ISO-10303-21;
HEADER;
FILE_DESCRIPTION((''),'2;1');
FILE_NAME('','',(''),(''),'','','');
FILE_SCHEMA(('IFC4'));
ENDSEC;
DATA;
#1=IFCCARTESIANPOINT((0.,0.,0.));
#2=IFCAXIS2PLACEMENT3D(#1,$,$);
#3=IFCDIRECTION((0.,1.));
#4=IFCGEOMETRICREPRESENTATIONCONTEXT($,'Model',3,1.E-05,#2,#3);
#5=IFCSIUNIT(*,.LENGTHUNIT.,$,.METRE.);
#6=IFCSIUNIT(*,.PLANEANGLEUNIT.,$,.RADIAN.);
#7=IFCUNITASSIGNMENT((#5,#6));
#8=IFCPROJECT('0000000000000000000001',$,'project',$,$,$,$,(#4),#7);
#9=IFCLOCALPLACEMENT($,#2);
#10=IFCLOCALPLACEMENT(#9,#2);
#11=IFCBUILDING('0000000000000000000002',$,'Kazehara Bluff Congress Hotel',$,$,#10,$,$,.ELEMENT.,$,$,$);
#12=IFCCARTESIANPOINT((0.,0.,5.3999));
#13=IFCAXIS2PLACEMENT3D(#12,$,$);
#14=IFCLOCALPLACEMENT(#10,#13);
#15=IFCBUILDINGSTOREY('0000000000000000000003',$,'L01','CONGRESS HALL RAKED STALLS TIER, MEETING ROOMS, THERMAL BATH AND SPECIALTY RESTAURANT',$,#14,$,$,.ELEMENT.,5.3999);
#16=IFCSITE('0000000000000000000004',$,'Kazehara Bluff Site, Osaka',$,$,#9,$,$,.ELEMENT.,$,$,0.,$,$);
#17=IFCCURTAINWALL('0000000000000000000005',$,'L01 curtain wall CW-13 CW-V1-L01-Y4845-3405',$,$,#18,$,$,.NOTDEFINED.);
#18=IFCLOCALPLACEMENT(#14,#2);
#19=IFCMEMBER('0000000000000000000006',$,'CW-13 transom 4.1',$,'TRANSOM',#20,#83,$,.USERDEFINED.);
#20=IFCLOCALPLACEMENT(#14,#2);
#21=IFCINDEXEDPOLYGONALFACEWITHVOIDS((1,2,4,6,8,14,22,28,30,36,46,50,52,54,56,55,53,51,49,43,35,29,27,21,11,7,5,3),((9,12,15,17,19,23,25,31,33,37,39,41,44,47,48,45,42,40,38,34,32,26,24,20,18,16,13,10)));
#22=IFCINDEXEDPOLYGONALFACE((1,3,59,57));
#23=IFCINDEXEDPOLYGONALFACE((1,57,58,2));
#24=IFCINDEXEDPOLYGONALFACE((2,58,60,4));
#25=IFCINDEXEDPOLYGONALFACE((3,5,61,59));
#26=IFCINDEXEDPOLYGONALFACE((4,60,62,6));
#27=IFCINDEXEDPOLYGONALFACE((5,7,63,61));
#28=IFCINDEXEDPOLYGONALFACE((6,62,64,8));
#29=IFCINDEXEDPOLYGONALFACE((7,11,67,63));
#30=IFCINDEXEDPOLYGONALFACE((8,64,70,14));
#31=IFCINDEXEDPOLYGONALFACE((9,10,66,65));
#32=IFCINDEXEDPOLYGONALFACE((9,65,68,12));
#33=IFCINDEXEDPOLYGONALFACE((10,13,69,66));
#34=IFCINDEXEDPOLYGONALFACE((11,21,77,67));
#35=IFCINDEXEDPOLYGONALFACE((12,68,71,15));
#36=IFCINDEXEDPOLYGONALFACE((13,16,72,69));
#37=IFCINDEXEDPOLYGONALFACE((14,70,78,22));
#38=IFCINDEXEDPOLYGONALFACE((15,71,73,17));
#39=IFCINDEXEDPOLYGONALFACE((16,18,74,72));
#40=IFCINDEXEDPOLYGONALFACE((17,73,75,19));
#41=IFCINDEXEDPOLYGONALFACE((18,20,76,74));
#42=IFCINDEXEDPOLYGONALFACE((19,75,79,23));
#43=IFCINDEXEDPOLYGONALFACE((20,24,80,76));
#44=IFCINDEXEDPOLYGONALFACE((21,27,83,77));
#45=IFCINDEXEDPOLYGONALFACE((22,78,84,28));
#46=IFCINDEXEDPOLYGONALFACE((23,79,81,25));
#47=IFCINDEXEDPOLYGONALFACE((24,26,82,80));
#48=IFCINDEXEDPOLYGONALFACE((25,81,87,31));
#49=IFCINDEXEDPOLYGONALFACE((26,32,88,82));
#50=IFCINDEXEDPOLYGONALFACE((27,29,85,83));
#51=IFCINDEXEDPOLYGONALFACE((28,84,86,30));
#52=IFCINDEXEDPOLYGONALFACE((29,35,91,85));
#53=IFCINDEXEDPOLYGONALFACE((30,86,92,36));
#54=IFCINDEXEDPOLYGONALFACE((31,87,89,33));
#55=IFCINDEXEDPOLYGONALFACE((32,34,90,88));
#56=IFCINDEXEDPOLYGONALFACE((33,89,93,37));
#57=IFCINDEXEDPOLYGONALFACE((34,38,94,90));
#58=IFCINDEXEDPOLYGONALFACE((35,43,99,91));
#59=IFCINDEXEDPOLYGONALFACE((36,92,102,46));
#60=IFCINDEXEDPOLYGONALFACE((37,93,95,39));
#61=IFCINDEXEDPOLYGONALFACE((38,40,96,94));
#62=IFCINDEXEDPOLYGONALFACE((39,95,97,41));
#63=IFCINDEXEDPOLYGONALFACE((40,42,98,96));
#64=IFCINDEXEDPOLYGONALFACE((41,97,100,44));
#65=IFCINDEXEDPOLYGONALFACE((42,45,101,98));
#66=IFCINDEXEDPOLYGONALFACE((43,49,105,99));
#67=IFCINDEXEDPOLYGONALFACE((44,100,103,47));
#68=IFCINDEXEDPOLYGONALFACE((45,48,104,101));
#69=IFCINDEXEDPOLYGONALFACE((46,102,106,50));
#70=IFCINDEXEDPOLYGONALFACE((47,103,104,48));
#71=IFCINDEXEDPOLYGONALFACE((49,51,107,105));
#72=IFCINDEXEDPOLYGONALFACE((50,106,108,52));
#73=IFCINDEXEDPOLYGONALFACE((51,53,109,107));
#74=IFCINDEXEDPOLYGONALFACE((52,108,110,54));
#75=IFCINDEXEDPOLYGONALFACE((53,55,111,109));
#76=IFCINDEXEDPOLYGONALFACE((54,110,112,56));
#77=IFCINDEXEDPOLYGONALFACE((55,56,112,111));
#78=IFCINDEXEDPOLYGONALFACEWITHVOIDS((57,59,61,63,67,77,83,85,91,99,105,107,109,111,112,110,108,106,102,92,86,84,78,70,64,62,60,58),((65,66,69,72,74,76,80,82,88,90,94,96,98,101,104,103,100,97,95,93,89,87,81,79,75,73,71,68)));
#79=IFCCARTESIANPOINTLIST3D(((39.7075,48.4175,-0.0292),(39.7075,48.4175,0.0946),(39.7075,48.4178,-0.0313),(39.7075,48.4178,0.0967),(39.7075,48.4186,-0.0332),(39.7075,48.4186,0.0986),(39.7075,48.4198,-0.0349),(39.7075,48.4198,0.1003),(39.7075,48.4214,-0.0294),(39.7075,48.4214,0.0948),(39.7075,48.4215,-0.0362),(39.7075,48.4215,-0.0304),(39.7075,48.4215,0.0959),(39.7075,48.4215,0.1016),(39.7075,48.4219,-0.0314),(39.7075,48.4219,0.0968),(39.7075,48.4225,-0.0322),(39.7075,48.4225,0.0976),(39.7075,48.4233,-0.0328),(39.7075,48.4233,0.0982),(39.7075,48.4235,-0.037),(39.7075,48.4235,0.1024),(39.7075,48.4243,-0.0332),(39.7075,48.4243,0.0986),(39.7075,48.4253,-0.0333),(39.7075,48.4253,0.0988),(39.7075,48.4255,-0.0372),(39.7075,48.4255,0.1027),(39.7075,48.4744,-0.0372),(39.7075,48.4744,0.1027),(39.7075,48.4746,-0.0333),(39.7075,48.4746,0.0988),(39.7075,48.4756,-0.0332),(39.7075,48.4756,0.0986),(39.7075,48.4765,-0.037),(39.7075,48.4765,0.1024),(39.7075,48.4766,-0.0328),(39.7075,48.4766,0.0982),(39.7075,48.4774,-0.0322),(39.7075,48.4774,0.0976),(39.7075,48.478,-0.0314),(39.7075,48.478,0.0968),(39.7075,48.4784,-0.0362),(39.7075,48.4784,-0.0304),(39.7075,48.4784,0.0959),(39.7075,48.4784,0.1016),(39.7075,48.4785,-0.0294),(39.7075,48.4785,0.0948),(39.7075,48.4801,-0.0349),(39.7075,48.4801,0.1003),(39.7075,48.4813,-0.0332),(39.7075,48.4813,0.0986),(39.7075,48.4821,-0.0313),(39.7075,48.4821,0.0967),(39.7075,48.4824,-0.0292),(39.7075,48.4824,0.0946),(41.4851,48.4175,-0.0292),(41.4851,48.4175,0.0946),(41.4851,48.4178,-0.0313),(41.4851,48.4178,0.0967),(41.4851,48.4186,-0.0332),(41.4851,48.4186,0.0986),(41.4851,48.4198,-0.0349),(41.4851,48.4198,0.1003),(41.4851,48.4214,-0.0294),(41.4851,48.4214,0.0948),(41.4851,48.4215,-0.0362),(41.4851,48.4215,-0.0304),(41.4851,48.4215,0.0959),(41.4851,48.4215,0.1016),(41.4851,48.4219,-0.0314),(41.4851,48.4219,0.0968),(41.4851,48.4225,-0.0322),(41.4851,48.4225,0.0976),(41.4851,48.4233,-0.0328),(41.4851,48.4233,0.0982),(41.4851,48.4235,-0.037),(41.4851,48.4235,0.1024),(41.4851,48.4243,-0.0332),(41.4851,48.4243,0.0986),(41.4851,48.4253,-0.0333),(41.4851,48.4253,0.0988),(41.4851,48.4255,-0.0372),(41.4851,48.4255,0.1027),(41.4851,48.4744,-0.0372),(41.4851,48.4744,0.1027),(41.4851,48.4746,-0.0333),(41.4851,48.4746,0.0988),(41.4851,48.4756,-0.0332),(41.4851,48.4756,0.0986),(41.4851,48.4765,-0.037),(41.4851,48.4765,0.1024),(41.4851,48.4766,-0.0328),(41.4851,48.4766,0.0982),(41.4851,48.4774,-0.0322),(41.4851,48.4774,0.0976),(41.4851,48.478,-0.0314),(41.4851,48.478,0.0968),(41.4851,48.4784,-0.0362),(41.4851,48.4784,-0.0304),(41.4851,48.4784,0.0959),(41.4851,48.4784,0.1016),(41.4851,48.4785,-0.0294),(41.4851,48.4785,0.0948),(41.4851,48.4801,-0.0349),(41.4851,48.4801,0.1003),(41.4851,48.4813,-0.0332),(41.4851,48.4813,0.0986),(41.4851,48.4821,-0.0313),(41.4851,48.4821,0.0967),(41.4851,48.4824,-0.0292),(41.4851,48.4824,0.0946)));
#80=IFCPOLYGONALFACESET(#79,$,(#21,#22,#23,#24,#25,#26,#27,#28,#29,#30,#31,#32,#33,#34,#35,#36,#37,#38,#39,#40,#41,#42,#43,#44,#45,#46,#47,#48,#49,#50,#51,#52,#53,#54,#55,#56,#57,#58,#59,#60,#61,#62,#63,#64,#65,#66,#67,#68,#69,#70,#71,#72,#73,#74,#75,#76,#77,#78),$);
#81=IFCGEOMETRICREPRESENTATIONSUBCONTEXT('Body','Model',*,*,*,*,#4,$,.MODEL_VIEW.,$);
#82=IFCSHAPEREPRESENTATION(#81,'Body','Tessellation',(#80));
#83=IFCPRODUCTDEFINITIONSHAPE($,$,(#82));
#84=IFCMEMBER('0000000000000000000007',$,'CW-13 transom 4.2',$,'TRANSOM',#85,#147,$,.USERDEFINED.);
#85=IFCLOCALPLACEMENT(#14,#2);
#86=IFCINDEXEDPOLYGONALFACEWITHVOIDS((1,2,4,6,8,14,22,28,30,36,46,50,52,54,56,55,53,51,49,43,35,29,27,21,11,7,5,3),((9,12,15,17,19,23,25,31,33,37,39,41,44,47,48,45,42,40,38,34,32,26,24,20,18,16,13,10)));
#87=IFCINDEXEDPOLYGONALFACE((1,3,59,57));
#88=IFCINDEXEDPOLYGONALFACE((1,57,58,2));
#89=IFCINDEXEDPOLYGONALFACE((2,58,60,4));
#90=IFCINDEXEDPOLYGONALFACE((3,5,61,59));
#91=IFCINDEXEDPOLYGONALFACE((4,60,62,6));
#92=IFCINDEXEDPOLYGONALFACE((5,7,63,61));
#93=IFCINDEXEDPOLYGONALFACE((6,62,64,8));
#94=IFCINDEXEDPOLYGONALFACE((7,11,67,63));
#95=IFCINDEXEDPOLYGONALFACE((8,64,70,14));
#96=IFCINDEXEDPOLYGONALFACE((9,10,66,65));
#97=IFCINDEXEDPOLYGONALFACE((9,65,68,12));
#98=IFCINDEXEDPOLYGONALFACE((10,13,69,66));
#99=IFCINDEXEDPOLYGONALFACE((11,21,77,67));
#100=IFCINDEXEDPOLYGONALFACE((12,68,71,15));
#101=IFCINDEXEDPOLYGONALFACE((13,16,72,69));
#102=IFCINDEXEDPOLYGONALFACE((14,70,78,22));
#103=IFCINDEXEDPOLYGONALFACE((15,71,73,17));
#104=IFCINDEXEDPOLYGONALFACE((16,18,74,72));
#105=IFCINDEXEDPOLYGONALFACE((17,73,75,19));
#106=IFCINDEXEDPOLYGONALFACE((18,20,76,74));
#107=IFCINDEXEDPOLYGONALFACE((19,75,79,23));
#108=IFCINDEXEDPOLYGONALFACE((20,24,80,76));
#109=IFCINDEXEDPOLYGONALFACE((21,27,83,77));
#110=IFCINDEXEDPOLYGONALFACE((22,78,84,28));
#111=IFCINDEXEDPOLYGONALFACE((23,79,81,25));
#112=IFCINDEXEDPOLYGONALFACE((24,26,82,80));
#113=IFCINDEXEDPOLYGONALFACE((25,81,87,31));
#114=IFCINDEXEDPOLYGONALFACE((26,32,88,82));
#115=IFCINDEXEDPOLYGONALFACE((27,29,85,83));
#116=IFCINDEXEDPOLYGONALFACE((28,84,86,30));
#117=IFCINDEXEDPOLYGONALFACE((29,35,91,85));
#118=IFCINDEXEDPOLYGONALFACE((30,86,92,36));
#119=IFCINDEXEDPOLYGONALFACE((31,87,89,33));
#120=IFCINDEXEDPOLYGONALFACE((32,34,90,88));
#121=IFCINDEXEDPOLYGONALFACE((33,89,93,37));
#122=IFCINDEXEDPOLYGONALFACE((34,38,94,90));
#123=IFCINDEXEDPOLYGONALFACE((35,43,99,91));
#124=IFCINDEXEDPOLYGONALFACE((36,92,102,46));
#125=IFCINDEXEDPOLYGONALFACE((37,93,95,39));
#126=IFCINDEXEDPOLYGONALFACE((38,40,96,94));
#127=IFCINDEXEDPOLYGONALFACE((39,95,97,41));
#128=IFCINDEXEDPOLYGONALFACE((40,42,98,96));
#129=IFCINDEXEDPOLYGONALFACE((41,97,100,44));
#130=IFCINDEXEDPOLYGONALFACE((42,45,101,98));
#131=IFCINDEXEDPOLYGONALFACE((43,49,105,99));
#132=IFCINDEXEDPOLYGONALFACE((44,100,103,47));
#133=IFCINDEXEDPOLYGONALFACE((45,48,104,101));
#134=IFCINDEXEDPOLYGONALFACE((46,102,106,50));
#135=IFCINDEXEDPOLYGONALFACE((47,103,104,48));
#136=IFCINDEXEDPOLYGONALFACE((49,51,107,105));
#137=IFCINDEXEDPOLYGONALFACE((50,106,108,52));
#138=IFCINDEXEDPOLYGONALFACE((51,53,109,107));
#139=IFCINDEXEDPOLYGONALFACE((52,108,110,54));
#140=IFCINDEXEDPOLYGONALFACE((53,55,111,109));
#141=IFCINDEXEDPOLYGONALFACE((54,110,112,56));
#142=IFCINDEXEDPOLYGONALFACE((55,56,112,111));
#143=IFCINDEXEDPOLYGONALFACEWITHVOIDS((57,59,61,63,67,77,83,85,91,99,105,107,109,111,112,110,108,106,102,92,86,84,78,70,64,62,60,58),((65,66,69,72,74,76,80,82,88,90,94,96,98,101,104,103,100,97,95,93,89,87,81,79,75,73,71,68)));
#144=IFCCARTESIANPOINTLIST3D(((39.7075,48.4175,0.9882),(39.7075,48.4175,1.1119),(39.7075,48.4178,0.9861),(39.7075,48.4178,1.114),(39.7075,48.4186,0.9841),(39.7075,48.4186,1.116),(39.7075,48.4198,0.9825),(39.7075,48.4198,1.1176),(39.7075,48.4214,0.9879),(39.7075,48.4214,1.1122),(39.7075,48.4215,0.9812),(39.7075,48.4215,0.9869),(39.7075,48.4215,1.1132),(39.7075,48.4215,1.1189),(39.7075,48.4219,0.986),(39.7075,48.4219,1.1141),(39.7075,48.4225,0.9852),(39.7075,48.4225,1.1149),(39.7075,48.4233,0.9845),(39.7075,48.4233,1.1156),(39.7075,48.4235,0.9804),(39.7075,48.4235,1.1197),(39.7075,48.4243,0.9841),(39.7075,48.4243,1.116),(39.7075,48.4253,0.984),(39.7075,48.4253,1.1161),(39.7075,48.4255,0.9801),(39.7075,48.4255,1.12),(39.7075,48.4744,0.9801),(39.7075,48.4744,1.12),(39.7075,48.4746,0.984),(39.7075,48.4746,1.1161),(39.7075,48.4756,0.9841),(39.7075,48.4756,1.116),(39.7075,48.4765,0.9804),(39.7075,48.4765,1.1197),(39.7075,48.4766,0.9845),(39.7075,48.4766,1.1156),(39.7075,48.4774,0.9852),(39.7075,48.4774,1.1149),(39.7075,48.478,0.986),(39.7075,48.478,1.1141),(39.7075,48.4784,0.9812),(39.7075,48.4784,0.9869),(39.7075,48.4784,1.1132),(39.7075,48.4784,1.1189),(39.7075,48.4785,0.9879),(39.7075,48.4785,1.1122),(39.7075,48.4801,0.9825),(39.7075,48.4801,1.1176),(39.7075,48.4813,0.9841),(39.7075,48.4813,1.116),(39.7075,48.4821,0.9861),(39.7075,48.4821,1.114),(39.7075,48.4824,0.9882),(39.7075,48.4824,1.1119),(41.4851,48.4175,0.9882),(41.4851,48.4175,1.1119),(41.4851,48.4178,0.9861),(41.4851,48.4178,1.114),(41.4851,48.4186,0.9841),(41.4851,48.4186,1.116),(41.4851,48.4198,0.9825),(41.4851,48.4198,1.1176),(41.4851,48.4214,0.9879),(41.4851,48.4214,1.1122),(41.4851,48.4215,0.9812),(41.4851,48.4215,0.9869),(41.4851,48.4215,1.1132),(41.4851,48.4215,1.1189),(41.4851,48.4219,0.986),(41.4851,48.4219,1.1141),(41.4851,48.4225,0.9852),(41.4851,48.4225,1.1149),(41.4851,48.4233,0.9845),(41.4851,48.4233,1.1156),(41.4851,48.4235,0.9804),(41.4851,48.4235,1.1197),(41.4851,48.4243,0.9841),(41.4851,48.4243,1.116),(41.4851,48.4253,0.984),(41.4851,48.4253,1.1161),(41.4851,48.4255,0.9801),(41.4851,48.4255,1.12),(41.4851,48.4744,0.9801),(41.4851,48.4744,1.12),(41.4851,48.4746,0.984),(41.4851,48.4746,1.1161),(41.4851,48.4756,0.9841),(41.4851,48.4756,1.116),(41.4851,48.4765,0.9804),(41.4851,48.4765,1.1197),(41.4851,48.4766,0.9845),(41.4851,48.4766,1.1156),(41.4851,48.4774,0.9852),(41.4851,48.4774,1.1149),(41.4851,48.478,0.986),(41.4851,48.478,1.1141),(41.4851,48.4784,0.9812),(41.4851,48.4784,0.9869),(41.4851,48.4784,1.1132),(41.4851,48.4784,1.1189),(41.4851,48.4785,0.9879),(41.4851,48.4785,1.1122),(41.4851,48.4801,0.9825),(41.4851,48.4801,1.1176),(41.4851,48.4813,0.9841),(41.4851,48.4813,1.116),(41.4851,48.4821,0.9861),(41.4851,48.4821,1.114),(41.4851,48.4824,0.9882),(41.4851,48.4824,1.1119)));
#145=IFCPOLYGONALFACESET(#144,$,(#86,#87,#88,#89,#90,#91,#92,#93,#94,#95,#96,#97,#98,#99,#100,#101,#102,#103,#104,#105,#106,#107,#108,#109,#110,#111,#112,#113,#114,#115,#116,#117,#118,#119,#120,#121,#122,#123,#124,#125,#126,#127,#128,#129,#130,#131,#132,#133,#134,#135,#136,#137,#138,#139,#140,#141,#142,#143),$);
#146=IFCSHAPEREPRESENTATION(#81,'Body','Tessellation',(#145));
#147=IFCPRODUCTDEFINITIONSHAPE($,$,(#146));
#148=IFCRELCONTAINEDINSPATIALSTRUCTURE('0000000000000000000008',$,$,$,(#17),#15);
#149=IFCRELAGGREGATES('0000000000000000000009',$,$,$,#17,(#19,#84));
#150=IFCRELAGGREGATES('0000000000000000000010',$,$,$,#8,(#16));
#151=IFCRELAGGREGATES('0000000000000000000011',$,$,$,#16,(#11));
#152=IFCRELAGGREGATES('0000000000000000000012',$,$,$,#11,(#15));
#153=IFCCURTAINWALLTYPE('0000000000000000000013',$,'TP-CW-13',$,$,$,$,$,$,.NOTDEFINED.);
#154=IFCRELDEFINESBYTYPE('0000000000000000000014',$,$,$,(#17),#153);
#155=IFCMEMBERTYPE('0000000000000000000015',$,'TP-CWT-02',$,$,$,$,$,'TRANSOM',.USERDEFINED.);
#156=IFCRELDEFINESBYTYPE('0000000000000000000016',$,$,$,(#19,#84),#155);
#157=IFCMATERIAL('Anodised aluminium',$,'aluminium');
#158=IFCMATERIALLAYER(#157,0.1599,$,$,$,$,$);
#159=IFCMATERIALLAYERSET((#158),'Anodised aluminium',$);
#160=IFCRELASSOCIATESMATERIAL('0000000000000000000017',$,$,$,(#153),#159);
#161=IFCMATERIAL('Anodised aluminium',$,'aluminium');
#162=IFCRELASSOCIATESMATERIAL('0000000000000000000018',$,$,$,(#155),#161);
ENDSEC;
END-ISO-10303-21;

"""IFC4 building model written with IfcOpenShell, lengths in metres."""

from ifc_helpers import new_model, si_unit, direction, frame, origin, origin_2d, place, context, subcontext, project, spatial, hollow_rectangle, extrude, material, layer, layer_set, material_profile, profile_set, type_object, element, aggregate, save


model = new_model("IFC4")

# Units and contexts
model_context = context("Model", 3, precision=1e-05, world=origin(), true_north=direction((0.0, 1.0)))
body_context = subcontext(model_context, "Body", "Model", "MODEL_VIEW")
ifc_project = project(units=[si_unit("LENGTHUNIT", "METRE"), si_unit("PLANEANGLEUNIT", "RADIAN")], contexts=[model_context])

# Site, building, storey
site_placement = place(None, origin())
site = spatial("IfcSite", under=ifc_project, at=site_placement, Name="Kazehara Bluff Site, Osaka", CompositionType="ELEMENT", RefElevation=0.0)
building_placement = place(site_placement, origin())
building = spatial("IfcBuilding", under=site, at=building_placement, Name="Kazehara Bluff Congress Hotel", CompositionType="ELEMENT")
storey_placement = place(building_placement, frame((0.0, 0.0, 5.3999)))
storey = spatial("IfcBuildingStorey", under=building, at=storey_placement, Name="L01", Description="CONGRESS HALL RAKED STALLS TIER, MEETING ROOMS, THERMAL BATH AND SPECIALTY RESTAURANT", CompositionType="ELEMENT", Elevation=5.3999)

# Curtain wall
ifc_material_1 = material(Name="Anodised aluminium", Category="aluminium")
ifc_layer_1 = layer(ifc_material_1, 0.1599)
ifc_layer_set_1 = layer_set([ifc_layer_1], Name="Anodised aluminium")
curtain_wall_type = type_object("IfcCurtainWallType", Name="TP-CW-13", PredefinedType="NOTDEFINED", material=ifc_layer_set_1)
curtain_wall_1_placement = place(storey_placement, origin())
curtain_wall_1 = element("IfcCurtainWall", 1, at=curtain_wall_1_placement, inside=storey, type_object=curtain_wall_type, Name="L01 curtain wall CW-13 CW-V1-L01-Y4845-3405", PredefinedType="NOTDEFINED")

# Members
ifc_material_2 = material(Name="Anodised aluminium", Category="aluminium")
ifc_material_profile_1 = material_profile(ifc_material_2, hollow_rectangle(XDim=0.0649, YDim=0.1399, WallThickness=0.0039, InnerFilletRadius=0.0039, OuterFilletRadius=0.0081, at=origin_2d()))
ifc_profile_set_1 = profile_set([ifc_material_profile_1], Name="Anodised aluminium")
member_type_1 = type_object("IfcMemberType", Name="TP-CWT-02", ElementType="TRANSOM", PredefinedType="USERDEFINED", material=ifc_profile_set_1)
member_1_placement = place(storey_placement, frame((39.7075, 48.45, 0.0327), z_axis=(1.0, 0.0, 0.0), x_axis=(0.0, 1.0, 0.0)))
member_1 = element("IfcMember", 2, at=member_1_placement, type_object=member_type_1, Name="CW-13 transom 4.1", ObjectType="TRANSOM", PredefinedType="USERDEFINED", context=body_context, shape_type="SweptSolid", body=[
    extrude(hollow_rectangle(XDim=0.0649, YDim=0.1399, WallThickness=0.0039, InnerFilletRadius=0.0039, OuterFilletRadius=0.0081, at=origin_2d()), origin(), (0.0, 0.0, 1.0), 1.7776),
])
member_2_placement = place(storey_placement, frame((39.7075, 48.45, 1.05), z_axis=(1.0, 0.0, 0.0), x_axis=(0.0, 1.0, 0.0)))
member_2 = element("IfcMember", 3, at=member_2_placement, type_object=member_type_1, Name="CW-13 transom 4.2", ObjectType="TRANSOM", PredefinedType="USERDEFINED", context=body_context, shape_type="SweptSolid", body=[
    extrude(hollow_rectangle(XDim=0.0649, YDim=0.1399, WallThickness=0.0039, InnerFilletRadius=0.0039, OuterFilletRadius=0.0081, at=origin_2d()), origin(), (0.0, 0.0, 1.0), 1.7776),
])

aggregate(curtain_wall_1, [member_1, member_2])

save(model, "model.ifc")
